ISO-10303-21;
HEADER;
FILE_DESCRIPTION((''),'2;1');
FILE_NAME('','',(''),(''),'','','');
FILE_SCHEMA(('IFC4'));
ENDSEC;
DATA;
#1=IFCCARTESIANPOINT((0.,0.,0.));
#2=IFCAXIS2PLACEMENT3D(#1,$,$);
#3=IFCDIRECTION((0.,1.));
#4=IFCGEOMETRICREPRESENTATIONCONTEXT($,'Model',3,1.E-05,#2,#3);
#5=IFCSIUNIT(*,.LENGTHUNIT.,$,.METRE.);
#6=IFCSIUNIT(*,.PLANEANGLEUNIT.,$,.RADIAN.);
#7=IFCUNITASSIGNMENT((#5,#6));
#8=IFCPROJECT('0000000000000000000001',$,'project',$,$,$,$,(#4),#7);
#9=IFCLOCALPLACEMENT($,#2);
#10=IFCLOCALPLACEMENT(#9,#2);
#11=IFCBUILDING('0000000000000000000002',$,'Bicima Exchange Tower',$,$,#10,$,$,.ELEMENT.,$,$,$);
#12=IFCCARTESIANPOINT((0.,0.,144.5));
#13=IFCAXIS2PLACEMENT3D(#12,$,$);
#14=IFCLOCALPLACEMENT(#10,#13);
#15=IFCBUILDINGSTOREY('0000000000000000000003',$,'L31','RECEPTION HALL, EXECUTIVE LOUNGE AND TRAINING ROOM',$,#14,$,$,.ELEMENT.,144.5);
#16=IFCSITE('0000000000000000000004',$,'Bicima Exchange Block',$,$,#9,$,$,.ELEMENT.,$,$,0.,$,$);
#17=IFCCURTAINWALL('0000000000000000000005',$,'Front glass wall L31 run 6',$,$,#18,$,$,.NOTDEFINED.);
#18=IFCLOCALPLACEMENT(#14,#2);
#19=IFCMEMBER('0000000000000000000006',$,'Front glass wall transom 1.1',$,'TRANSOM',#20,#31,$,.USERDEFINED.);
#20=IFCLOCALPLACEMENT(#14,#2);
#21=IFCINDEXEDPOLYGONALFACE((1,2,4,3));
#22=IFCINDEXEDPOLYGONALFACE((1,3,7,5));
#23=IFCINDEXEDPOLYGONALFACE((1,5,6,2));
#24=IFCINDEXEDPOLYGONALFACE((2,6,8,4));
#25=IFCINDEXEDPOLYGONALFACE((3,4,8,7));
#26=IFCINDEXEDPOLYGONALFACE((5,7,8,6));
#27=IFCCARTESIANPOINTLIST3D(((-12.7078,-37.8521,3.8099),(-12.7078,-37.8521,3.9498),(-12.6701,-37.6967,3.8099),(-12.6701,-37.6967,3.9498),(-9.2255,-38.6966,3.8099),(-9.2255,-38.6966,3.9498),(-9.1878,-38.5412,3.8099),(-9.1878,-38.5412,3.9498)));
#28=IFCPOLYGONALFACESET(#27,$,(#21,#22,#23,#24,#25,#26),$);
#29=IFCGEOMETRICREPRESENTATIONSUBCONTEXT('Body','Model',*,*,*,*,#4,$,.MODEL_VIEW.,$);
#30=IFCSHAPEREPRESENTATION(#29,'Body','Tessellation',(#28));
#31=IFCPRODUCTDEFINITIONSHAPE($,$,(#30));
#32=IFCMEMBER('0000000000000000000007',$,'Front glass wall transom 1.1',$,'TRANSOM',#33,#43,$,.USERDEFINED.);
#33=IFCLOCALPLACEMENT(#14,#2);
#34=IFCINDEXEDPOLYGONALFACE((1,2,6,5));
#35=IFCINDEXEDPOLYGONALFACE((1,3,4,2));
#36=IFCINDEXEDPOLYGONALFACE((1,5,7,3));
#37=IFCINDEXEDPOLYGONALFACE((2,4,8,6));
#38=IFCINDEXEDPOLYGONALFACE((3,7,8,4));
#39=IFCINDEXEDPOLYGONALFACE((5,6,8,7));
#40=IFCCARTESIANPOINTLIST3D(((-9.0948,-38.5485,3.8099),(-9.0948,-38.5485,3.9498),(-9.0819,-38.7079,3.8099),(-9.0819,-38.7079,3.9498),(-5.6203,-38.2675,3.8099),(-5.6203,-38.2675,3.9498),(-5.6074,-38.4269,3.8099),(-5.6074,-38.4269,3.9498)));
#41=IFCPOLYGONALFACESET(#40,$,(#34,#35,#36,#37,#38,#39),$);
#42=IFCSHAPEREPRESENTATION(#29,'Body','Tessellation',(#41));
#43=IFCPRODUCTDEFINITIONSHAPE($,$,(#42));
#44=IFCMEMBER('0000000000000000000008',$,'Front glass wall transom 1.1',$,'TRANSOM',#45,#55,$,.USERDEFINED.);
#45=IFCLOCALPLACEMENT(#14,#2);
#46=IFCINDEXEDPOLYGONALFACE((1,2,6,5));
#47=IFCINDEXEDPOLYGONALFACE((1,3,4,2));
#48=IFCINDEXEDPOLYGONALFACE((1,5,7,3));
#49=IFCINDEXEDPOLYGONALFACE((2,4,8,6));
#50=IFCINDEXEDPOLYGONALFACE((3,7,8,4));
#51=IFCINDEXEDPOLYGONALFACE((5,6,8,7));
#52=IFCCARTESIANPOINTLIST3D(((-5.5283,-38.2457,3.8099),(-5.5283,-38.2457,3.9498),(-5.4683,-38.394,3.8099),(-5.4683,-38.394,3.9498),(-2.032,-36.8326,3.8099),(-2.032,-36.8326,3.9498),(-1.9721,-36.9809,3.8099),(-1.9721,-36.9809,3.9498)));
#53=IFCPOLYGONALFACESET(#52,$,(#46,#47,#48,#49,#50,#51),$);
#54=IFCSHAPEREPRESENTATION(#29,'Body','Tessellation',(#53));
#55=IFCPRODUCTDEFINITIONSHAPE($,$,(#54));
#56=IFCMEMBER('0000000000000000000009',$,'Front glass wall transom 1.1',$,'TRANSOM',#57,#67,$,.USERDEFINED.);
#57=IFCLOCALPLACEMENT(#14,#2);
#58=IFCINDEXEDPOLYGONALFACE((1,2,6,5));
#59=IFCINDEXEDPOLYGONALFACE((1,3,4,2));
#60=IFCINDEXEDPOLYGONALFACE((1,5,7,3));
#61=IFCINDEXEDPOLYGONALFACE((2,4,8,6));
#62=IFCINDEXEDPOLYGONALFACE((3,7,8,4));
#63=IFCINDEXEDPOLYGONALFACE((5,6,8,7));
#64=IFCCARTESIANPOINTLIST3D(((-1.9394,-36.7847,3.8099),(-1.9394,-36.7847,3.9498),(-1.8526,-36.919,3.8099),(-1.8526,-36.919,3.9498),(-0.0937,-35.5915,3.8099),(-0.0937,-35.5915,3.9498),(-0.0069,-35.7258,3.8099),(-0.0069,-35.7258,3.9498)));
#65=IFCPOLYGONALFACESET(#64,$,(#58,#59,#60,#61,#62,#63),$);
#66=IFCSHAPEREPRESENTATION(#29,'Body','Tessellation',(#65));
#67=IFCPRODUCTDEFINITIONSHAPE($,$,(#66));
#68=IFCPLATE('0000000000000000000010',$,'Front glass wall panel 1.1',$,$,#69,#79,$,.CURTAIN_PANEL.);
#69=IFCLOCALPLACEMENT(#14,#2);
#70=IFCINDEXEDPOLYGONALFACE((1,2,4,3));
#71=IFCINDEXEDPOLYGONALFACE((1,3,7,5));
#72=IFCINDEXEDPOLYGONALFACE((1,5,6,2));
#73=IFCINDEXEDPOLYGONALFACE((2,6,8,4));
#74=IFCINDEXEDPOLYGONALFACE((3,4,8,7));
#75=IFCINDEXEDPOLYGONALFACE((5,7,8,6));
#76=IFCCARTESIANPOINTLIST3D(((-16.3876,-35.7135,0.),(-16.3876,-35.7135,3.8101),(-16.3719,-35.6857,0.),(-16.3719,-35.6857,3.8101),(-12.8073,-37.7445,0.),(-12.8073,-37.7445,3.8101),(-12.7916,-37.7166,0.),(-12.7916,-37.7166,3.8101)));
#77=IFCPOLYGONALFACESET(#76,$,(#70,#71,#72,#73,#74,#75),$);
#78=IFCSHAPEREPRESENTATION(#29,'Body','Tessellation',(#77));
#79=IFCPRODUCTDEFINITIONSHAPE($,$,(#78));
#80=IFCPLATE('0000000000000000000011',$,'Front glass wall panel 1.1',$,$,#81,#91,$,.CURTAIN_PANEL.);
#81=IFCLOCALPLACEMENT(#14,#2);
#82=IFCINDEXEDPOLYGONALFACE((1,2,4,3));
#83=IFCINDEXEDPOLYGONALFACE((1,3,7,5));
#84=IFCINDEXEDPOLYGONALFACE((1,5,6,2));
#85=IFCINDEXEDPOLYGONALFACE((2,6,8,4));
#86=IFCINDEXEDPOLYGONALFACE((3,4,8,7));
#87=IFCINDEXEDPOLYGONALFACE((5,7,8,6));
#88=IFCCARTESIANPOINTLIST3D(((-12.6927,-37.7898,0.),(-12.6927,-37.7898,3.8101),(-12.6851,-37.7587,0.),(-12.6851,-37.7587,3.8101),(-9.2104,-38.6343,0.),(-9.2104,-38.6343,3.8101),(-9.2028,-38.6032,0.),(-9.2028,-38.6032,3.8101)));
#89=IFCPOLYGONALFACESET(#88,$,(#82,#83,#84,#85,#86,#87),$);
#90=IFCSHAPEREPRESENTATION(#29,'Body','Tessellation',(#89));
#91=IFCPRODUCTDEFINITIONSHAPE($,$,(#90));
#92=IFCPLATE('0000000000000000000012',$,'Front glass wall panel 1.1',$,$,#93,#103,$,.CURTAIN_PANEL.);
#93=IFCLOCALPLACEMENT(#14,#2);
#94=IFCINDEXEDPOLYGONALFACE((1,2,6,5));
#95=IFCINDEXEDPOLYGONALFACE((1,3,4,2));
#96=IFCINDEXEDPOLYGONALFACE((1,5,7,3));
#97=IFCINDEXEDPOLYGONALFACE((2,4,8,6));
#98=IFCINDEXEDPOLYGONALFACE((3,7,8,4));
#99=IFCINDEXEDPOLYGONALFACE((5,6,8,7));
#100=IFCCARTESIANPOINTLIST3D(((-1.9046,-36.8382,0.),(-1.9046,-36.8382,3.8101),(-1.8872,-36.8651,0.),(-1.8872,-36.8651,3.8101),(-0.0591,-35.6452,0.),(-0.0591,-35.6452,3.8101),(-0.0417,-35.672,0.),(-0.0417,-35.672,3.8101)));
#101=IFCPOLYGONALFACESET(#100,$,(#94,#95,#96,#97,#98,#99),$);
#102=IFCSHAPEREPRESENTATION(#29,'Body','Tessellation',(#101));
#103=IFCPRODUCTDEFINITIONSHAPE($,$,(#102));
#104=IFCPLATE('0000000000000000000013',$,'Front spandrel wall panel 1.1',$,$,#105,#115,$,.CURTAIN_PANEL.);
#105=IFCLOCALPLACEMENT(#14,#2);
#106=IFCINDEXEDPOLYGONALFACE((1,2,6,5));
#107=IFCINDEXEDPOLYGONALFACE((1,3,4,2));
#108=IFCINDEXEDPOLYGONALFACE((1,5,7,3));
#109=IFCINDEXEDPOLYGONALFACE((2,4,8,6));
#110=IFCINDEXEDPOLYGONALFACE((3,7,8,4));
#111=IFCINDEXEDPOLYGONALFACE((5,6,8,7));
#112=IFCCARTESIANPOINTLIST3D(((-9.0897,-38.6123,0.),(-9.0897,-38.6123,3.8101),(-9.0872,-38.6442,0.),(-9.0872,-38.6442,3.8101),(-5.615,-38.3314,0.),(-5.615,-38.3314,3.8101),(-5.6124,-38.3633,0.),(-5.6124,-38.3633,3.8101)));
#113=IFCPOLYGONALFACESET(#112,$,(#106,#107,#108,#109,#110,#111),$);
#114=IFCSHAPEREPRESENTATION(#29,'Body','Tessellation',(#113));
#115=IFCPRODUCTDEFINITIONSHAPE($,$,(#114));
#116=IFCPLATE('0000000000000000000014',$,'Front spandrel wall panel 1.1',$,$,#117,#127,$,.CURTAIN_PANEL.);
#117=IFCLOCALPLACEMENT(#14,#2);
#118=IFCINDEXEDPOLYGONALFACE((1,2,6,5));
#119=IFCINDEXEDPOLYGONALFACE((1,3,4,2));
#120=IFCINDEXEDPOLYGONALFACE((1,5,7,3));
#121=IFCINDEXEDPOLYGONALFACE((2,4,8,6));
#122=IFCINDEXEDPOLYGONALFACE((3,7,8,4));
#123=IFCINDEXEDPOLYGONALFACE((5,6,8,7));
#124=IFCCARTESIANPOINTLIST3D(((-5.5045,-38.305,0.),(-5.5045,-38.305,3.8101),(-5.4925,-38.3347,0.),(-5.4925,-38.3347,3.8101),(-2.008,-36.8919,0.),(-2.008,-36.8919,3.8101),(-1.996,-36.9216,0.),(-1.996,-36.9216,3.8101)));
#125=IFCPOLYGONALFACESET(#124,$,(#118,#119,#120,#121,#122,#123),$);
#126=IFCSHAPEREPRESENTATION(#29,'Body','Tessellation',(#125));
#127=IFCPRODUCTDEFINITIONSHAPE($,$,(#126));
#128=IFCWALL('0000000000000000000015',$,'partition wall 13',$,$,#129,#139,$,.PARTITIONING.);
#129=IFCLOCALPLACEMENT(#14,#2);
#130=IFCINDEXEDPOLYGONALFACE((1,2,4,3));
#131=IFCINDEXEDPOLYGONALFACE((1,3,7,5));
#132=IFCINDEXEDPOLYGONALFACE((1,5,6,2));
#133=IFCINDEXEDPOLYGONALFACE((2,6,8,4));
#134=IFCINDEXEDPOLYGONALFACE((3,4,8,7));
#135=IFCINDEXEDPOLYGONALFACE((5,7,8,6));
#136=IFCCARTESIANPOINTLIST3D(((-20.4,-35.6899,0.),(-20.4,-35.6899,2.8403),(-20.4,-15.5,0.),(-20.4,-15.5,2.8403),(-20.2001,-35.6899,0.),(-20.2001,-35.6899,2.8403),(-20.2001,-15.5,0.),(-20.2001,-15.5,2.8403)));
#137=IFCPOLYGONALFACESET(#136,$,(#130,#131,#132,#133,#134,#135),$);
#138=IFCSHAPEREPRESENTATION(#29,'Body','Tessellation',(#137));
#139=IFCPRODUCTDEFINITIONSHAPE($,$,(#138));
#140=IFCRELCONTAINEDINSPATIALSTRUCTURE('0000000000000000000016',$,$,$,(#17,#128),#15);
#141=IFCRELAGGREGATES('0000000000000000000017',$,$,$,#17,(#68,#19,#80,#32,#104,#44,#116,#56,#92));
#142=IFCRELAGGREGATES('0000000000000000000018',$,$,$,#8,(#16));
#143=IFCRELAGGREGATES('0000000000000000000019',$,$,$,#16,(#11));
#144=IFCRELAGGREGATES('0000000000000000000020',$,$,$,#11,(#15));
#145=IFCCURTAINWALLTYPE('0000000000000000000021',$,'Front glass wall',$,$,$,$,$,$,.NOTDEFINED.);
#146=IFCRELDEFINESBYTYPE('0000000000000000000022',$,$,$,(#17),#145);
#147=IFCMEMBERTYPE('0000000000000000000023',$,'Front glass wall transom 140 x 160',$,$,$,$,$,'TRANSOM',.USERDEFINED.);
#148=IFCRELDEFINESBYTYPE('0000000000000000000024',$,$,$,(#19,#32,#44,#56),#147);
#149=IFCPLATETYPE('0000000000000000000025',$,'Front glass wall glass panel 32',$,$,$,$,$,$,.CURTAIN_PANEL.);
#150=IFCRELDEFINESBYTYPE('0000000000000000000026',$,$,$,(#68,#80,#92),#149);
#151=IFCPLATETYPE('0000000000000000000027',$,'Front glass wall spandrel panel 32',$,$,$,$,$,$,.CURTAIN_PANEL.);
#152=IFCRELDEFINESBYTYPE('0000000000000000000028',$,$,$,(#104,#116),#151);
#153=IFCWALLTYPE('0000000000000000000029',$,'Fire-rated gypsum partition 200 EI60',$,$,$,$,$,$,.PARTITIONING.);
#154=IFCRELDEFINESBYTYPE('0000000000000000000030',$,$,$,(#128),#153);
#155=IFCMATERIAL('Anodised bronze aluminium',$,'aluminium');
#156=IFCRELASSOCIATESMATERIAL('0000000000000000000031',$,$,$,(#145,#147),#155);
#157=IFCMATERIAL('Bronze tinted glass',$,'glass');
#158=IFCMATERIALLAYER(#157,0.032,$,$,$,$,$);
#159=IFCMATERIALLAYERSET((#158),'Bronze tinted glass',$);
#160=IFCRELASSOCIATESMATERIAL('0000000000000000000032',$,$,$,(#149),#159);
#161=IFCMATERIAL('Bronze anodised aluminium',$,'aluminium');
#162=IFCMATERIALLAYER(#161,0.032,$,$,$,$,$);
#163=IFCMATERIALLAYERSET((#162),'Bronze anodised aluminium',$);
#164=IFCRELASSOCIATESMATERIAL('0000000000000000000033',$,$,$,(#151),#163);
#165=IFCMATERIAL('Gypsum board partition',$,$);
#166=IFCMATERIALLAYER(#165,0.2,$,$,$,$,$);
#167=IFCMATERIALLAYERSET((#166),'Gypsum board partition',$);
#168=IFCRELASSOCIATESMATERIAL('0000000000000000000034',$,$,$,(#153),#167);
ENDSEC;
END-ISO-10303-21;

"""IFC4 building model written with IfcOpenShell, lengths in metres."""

from ifc_helpers import new_model, si_unit, direction, frame, frame_2d, origin, origin_2d, place, context, subcontext, project, spatial, rectangle, extrude, material, layer, layer_set, material_profile, profile_set, type_object, element, aggregate, save


model = new_model("IFC4")

# Units and contexts
model_context = context("Model", 3, precision=1e-05, world=origin(), true_north=direction((0.0, 1.0)))
body_context = subcontext(model_context, "Body", "Model", "MODEL_VIEW")
ifc_project = project(units=[si_unit("LENGTHUNIT", "METRE"), si_unit("PLANEANGLEUNIT", "RADIAN")], contexts=[model_context])

# Site, building, storey
site_placement = place(None, origin())
site = spatial("IfcSite", under=ifc_project, at=site_placement, Name="Bicima Exchange Block", CompositionType="ELEMENT", RefElevation=0.0)
building_placement = place(site_placement, origin())
building = spatial("IfcBuilding", under=site, at=building_placement, Name="Bicima Exchange Tower", CompositionType="ELEMENT")
storey_placement = place(building_placement, frame((0.0, 0.0, 144.5)))
storey = spatial("IfcBuildingStorey", under=building, at=storey_placement, Name="L31", Description="RECEPTION HALL, EXECUTIVE LOUNGE AND TRAINING ROOM", CompositionType="ELEMENT", Elevation=144.5)

# Curtain wall, members, plates
ifc_material_1 = material(Name="Anodised bronze aluminium", Category="aluminium")
curtain_wall_type = type_object("IfcCurtainWallType", Name="Front glass wall", PredefinedType="NOTDEFINED", material=ifc_material_1)
curtain_wall_placement = place(storey_placement, origin())
curtain_wall = element("IfcCurtainWall", 1, at=curtain_wall_placement, inside=storey, type_object=curtain_wall_type, Name="Front glass wall L31 run 6", PredefinedType="NOTDEFINED")
ifc_material_profile_1 = material_profile(ifc_material_1, rectangle(XDim=0.1599, YDim=0.1399, at=origin_2d()))
ifc_profile_set_1 = profile_set([ifc_material_profile_1], Name="Anodised bronze aluminium")
member_type_1 = type_object("IfcMemberType", Name="Front glass wall transom 140 x 160", ElementType="TRANSOM", PredefinedType="USERDEFINED", material=ifc_profile_set_1)
member_1_placement = place(storey_placement, frame((-12.689, -37.7744, 3.8799), z_axis=(0.971834, -0.235668, 0.0), x_axis=(0.235668, 0.971834, 0.0)))
member_1 = element("IfcMember", 2, at=member_1_placement, type_object=member_type_1, Name="Front glass wall transom 1.1", ObjectType="TRANSOM", PredefinedType="USERDEFINED", context=body_context, shape_type="SweptSolid", body=[
    extrude(rectangle(XDim=0.1599, YDim=0.1399, at=origin_2d()), origin(), (0.0, 0.0, 1.0), 3.5833),
])
member_2_placement = place(storey_placement, frame((-9.0884, -38.6282, 3.8799), z_axis=(0.996746, 0.080611, 0.0), x_axis=(-0.080611, 0.996746, 0.0)))
member_2 = element("IfcMember", 3, at=member_2_placement, type_object=member_type_1, Name="Front glass wall transom 1.1", ObjectType="TRANSOM", PredefinedType="USERDEFINED", context=body_context, shape_type="SweptSolid", body=[
    extrude(rectangle(XDim=0.1599, YDim=0.1399, at=origin_2d()), origin(), (0.0, 0.0, 1.0), 3.4858),
])
member_3_placement = place(storey_placement, frame((-5.4983, -38.3198, 3.8799), z_axis=(0.92714, 0.374715, 0.0), x_axis=(-0.374715, 0.92714, 0.0)))
member_3 = element("IfcMember", 4, at=member_3_placement, type_object=member_type_1, Name="Front glass wall transom 1.1", ObjectType="TRANSOM", PredefinedType="USERDEFINED", context=body_context, shape_type="SweptSolid", body=[
    extrude(rectangle(XDim=0.1599, YDim=0.1399, at=origin_2d()), origin(), (0.0, 0.0, 1.0), 3.771),
])
member_4_placement = place(storey_placement, frame((-1.896, -36.8518, 3.8799), z_axis=(0.839811, 0.542878, 0.0), x_axis=(-0.542878, 0.839811, 0.0)))
member_4 = element("IfcMember", 5, at=member_4_placement, type_object=member_type_1, Name="Front glass wall transom 1.1", ObjectType="TRANSOM", PredefinedType="USERDEFINED", context=body_context, shape_type="SweptSolid", body=[
    extrude(rectangle(XDim=0.1599, YDim=0.1399, at=origin_2d()), origin(), (0.0, 0.0, 1.0), 2.1978),
])
ifc_material_2 = material(Name="Bronze tinted glass", Category="glass")
ifc_layer_1 = layer(ifc_material_2, 0.032)
ifc_layer_set_1 = layer_set([ifc_layer_1], Name="Bronze tinted glass")
plate_type_1 = type_object("IfcPlateType", Name="Front glass wall glass panel 32", PredefinedType="CURTAIN_PANEL", material=ifc_layer_set_1)
plate_1_placement = place(storey_placement, frame((-14.5896, -36.7151, 0.0), z_axis=(0.0, 0.0, 1.0), x_axis=(0.869805, -0.493395, 0.0)))
plate_1 = element("IfcPlate", 6, at=plate_1_placement, type_object=plate_type_1, Name="Front glass wall panel 1.1", PredefinedType="CURTAIN_PANEL", context=body_context, shape_type="SweptSolid", body=[
    extrude(rectangle(XDim=4.1162, YDim=0.032, at=origin_2d()), origin(), (0.0, 0.0, 1.0), 3.8101),
])
plate_2_placement = place(storey_placement, frame((-10.9478, -38.1965, 0.0), z_axis=(0.0, 0.0, 1.0), x_axis=(0.97183, -0.235682, 0.0)))
plate_2 = element("IfcPlate", 7, at=plate_2_placement, type_object=plate_type_1, Name="Front glass wall panel 1.1", PredefinedType="CURTAIN_PANEL", context=body_context, shape_type="SweptSolid", body=[
    extrude(rectangle(XDim=3.5833, YDim=0.032, at=origin_2d()), origin(), (0.0, 0.0, 1.0), 3.8101),
])
plate_3_placement = place(storey_placement, frame((-0.9731, -36.2551, 0.0), z_axis=(0.0, 0.0, 1.0), x_axis=(0.839799, 0.542897, 0.0)))
plate_3 = element("IfcPlate", 8, at=plate_3_placement, type_object=plate_type_1, Name="Front glass wall panel 1.1", PredefinedType="CURTAIN_PANEL", context=body_context, shape_type="SweptSolid", body=[
    extrude(rectangle(XDim=2.1975, YDim=0.032, at=origin_2d()), origin(), (0.0, 0.0, 1.0), 3.8101),
])
ifc_material_3 = material(Name="Bronze anodised aluminium", Category="aluminium")
ifc_layer_2 = layer(ifc_material_3, 0.032)
ifc_layer_set_2 = layer_set([ifc_layer_2], Name="Bronze anodised aluminium")
plate_type_2 = type_object("IfcPlateType", Name="Front glass wall spandrel panel 32", PredefinedType="CURTAIN_PANEL", material=ifc_layer_set_2)
plate_4_placement = place(storey_placement, frame((-7.3511, -38.4878, 0.0), z_axis=(0.0, 0.0, 1.0), x_axis=(0.996747, 0.080589, 0.0)))
plate_4 = element("IfcPlate", 9, at=plate_4_placement, type_object=plate_type_2, Name="Front spandrel wall panel 1.1", PredefinedType="CURTAIN_PANEL", context=body_context, shape_type="SweptSolid", body=[
    extrude(rectangle(XDim=3.4861, YDim=0.032, at=origin_2d()), origin(), (0.0, 0.0, 1.0), 3.8101),
])
plate_5_placement = place(storey_placement, frame((-3.7502, -37.6133, 0.0), z_axis=(0.0, 0.0, 1.0), x_axis=(0.927144, 0.374705, 0.0)))
plate_5 = element("IfcPlate", 10, at=plate_5_placement, type_object=plate_type_2, Name="Front spandrel wall panel 1.1", PredefinedType="CURTAIN_PANEL", context=body_context, shape_type="SweptSolid", body=[
    extrude(rectangle(XDim=3.7712, YDim=0.032, at=origin_2d()), origin(), (0.0, 0.0, 1.0), 3.8101),
])
aggregate(curtain_wall, [plate_1, member_1, plate_2, member_2, plate_4, member_3, plate_5, member_4, plate_3])

# Wall
ifc_material_4 = material(Name="Gypsum board partition")
ifc_layer_3 = layer(ifc_material_4, 0.2)
ifc_layer_set_3 = layer_set([ifc_layer_3], Name="Gypsum board partition")
wall_type = type_object("IfcWallType", Name="Fire-rated gypsum partition 200 EI60", PredefinedType="PARTITIONING", material=ifc_layer_set_3)
wall_placement = place(storey_placement, frame((-20.3, -35.6899, 0.0), z_axis=(0.0, 0.0, 1.0), x_axis=(0.0, 1.0, 0.0)))
element("IfcWall", 11, at=wall_placement, inside=storey, type_object=wall_type, Name="partition wall 13", PredefinedType="PARTITIONING", context=body_context, shape_type="SweptSolid", body=[
    extrude(rectangle(XDim=20.1899, YDim=0.2, at=frame_2d((10.095, 0.0))), origin(), (0.0, 0.0, 1.0), 2.8403),
])

save(model, "model.ifc")
